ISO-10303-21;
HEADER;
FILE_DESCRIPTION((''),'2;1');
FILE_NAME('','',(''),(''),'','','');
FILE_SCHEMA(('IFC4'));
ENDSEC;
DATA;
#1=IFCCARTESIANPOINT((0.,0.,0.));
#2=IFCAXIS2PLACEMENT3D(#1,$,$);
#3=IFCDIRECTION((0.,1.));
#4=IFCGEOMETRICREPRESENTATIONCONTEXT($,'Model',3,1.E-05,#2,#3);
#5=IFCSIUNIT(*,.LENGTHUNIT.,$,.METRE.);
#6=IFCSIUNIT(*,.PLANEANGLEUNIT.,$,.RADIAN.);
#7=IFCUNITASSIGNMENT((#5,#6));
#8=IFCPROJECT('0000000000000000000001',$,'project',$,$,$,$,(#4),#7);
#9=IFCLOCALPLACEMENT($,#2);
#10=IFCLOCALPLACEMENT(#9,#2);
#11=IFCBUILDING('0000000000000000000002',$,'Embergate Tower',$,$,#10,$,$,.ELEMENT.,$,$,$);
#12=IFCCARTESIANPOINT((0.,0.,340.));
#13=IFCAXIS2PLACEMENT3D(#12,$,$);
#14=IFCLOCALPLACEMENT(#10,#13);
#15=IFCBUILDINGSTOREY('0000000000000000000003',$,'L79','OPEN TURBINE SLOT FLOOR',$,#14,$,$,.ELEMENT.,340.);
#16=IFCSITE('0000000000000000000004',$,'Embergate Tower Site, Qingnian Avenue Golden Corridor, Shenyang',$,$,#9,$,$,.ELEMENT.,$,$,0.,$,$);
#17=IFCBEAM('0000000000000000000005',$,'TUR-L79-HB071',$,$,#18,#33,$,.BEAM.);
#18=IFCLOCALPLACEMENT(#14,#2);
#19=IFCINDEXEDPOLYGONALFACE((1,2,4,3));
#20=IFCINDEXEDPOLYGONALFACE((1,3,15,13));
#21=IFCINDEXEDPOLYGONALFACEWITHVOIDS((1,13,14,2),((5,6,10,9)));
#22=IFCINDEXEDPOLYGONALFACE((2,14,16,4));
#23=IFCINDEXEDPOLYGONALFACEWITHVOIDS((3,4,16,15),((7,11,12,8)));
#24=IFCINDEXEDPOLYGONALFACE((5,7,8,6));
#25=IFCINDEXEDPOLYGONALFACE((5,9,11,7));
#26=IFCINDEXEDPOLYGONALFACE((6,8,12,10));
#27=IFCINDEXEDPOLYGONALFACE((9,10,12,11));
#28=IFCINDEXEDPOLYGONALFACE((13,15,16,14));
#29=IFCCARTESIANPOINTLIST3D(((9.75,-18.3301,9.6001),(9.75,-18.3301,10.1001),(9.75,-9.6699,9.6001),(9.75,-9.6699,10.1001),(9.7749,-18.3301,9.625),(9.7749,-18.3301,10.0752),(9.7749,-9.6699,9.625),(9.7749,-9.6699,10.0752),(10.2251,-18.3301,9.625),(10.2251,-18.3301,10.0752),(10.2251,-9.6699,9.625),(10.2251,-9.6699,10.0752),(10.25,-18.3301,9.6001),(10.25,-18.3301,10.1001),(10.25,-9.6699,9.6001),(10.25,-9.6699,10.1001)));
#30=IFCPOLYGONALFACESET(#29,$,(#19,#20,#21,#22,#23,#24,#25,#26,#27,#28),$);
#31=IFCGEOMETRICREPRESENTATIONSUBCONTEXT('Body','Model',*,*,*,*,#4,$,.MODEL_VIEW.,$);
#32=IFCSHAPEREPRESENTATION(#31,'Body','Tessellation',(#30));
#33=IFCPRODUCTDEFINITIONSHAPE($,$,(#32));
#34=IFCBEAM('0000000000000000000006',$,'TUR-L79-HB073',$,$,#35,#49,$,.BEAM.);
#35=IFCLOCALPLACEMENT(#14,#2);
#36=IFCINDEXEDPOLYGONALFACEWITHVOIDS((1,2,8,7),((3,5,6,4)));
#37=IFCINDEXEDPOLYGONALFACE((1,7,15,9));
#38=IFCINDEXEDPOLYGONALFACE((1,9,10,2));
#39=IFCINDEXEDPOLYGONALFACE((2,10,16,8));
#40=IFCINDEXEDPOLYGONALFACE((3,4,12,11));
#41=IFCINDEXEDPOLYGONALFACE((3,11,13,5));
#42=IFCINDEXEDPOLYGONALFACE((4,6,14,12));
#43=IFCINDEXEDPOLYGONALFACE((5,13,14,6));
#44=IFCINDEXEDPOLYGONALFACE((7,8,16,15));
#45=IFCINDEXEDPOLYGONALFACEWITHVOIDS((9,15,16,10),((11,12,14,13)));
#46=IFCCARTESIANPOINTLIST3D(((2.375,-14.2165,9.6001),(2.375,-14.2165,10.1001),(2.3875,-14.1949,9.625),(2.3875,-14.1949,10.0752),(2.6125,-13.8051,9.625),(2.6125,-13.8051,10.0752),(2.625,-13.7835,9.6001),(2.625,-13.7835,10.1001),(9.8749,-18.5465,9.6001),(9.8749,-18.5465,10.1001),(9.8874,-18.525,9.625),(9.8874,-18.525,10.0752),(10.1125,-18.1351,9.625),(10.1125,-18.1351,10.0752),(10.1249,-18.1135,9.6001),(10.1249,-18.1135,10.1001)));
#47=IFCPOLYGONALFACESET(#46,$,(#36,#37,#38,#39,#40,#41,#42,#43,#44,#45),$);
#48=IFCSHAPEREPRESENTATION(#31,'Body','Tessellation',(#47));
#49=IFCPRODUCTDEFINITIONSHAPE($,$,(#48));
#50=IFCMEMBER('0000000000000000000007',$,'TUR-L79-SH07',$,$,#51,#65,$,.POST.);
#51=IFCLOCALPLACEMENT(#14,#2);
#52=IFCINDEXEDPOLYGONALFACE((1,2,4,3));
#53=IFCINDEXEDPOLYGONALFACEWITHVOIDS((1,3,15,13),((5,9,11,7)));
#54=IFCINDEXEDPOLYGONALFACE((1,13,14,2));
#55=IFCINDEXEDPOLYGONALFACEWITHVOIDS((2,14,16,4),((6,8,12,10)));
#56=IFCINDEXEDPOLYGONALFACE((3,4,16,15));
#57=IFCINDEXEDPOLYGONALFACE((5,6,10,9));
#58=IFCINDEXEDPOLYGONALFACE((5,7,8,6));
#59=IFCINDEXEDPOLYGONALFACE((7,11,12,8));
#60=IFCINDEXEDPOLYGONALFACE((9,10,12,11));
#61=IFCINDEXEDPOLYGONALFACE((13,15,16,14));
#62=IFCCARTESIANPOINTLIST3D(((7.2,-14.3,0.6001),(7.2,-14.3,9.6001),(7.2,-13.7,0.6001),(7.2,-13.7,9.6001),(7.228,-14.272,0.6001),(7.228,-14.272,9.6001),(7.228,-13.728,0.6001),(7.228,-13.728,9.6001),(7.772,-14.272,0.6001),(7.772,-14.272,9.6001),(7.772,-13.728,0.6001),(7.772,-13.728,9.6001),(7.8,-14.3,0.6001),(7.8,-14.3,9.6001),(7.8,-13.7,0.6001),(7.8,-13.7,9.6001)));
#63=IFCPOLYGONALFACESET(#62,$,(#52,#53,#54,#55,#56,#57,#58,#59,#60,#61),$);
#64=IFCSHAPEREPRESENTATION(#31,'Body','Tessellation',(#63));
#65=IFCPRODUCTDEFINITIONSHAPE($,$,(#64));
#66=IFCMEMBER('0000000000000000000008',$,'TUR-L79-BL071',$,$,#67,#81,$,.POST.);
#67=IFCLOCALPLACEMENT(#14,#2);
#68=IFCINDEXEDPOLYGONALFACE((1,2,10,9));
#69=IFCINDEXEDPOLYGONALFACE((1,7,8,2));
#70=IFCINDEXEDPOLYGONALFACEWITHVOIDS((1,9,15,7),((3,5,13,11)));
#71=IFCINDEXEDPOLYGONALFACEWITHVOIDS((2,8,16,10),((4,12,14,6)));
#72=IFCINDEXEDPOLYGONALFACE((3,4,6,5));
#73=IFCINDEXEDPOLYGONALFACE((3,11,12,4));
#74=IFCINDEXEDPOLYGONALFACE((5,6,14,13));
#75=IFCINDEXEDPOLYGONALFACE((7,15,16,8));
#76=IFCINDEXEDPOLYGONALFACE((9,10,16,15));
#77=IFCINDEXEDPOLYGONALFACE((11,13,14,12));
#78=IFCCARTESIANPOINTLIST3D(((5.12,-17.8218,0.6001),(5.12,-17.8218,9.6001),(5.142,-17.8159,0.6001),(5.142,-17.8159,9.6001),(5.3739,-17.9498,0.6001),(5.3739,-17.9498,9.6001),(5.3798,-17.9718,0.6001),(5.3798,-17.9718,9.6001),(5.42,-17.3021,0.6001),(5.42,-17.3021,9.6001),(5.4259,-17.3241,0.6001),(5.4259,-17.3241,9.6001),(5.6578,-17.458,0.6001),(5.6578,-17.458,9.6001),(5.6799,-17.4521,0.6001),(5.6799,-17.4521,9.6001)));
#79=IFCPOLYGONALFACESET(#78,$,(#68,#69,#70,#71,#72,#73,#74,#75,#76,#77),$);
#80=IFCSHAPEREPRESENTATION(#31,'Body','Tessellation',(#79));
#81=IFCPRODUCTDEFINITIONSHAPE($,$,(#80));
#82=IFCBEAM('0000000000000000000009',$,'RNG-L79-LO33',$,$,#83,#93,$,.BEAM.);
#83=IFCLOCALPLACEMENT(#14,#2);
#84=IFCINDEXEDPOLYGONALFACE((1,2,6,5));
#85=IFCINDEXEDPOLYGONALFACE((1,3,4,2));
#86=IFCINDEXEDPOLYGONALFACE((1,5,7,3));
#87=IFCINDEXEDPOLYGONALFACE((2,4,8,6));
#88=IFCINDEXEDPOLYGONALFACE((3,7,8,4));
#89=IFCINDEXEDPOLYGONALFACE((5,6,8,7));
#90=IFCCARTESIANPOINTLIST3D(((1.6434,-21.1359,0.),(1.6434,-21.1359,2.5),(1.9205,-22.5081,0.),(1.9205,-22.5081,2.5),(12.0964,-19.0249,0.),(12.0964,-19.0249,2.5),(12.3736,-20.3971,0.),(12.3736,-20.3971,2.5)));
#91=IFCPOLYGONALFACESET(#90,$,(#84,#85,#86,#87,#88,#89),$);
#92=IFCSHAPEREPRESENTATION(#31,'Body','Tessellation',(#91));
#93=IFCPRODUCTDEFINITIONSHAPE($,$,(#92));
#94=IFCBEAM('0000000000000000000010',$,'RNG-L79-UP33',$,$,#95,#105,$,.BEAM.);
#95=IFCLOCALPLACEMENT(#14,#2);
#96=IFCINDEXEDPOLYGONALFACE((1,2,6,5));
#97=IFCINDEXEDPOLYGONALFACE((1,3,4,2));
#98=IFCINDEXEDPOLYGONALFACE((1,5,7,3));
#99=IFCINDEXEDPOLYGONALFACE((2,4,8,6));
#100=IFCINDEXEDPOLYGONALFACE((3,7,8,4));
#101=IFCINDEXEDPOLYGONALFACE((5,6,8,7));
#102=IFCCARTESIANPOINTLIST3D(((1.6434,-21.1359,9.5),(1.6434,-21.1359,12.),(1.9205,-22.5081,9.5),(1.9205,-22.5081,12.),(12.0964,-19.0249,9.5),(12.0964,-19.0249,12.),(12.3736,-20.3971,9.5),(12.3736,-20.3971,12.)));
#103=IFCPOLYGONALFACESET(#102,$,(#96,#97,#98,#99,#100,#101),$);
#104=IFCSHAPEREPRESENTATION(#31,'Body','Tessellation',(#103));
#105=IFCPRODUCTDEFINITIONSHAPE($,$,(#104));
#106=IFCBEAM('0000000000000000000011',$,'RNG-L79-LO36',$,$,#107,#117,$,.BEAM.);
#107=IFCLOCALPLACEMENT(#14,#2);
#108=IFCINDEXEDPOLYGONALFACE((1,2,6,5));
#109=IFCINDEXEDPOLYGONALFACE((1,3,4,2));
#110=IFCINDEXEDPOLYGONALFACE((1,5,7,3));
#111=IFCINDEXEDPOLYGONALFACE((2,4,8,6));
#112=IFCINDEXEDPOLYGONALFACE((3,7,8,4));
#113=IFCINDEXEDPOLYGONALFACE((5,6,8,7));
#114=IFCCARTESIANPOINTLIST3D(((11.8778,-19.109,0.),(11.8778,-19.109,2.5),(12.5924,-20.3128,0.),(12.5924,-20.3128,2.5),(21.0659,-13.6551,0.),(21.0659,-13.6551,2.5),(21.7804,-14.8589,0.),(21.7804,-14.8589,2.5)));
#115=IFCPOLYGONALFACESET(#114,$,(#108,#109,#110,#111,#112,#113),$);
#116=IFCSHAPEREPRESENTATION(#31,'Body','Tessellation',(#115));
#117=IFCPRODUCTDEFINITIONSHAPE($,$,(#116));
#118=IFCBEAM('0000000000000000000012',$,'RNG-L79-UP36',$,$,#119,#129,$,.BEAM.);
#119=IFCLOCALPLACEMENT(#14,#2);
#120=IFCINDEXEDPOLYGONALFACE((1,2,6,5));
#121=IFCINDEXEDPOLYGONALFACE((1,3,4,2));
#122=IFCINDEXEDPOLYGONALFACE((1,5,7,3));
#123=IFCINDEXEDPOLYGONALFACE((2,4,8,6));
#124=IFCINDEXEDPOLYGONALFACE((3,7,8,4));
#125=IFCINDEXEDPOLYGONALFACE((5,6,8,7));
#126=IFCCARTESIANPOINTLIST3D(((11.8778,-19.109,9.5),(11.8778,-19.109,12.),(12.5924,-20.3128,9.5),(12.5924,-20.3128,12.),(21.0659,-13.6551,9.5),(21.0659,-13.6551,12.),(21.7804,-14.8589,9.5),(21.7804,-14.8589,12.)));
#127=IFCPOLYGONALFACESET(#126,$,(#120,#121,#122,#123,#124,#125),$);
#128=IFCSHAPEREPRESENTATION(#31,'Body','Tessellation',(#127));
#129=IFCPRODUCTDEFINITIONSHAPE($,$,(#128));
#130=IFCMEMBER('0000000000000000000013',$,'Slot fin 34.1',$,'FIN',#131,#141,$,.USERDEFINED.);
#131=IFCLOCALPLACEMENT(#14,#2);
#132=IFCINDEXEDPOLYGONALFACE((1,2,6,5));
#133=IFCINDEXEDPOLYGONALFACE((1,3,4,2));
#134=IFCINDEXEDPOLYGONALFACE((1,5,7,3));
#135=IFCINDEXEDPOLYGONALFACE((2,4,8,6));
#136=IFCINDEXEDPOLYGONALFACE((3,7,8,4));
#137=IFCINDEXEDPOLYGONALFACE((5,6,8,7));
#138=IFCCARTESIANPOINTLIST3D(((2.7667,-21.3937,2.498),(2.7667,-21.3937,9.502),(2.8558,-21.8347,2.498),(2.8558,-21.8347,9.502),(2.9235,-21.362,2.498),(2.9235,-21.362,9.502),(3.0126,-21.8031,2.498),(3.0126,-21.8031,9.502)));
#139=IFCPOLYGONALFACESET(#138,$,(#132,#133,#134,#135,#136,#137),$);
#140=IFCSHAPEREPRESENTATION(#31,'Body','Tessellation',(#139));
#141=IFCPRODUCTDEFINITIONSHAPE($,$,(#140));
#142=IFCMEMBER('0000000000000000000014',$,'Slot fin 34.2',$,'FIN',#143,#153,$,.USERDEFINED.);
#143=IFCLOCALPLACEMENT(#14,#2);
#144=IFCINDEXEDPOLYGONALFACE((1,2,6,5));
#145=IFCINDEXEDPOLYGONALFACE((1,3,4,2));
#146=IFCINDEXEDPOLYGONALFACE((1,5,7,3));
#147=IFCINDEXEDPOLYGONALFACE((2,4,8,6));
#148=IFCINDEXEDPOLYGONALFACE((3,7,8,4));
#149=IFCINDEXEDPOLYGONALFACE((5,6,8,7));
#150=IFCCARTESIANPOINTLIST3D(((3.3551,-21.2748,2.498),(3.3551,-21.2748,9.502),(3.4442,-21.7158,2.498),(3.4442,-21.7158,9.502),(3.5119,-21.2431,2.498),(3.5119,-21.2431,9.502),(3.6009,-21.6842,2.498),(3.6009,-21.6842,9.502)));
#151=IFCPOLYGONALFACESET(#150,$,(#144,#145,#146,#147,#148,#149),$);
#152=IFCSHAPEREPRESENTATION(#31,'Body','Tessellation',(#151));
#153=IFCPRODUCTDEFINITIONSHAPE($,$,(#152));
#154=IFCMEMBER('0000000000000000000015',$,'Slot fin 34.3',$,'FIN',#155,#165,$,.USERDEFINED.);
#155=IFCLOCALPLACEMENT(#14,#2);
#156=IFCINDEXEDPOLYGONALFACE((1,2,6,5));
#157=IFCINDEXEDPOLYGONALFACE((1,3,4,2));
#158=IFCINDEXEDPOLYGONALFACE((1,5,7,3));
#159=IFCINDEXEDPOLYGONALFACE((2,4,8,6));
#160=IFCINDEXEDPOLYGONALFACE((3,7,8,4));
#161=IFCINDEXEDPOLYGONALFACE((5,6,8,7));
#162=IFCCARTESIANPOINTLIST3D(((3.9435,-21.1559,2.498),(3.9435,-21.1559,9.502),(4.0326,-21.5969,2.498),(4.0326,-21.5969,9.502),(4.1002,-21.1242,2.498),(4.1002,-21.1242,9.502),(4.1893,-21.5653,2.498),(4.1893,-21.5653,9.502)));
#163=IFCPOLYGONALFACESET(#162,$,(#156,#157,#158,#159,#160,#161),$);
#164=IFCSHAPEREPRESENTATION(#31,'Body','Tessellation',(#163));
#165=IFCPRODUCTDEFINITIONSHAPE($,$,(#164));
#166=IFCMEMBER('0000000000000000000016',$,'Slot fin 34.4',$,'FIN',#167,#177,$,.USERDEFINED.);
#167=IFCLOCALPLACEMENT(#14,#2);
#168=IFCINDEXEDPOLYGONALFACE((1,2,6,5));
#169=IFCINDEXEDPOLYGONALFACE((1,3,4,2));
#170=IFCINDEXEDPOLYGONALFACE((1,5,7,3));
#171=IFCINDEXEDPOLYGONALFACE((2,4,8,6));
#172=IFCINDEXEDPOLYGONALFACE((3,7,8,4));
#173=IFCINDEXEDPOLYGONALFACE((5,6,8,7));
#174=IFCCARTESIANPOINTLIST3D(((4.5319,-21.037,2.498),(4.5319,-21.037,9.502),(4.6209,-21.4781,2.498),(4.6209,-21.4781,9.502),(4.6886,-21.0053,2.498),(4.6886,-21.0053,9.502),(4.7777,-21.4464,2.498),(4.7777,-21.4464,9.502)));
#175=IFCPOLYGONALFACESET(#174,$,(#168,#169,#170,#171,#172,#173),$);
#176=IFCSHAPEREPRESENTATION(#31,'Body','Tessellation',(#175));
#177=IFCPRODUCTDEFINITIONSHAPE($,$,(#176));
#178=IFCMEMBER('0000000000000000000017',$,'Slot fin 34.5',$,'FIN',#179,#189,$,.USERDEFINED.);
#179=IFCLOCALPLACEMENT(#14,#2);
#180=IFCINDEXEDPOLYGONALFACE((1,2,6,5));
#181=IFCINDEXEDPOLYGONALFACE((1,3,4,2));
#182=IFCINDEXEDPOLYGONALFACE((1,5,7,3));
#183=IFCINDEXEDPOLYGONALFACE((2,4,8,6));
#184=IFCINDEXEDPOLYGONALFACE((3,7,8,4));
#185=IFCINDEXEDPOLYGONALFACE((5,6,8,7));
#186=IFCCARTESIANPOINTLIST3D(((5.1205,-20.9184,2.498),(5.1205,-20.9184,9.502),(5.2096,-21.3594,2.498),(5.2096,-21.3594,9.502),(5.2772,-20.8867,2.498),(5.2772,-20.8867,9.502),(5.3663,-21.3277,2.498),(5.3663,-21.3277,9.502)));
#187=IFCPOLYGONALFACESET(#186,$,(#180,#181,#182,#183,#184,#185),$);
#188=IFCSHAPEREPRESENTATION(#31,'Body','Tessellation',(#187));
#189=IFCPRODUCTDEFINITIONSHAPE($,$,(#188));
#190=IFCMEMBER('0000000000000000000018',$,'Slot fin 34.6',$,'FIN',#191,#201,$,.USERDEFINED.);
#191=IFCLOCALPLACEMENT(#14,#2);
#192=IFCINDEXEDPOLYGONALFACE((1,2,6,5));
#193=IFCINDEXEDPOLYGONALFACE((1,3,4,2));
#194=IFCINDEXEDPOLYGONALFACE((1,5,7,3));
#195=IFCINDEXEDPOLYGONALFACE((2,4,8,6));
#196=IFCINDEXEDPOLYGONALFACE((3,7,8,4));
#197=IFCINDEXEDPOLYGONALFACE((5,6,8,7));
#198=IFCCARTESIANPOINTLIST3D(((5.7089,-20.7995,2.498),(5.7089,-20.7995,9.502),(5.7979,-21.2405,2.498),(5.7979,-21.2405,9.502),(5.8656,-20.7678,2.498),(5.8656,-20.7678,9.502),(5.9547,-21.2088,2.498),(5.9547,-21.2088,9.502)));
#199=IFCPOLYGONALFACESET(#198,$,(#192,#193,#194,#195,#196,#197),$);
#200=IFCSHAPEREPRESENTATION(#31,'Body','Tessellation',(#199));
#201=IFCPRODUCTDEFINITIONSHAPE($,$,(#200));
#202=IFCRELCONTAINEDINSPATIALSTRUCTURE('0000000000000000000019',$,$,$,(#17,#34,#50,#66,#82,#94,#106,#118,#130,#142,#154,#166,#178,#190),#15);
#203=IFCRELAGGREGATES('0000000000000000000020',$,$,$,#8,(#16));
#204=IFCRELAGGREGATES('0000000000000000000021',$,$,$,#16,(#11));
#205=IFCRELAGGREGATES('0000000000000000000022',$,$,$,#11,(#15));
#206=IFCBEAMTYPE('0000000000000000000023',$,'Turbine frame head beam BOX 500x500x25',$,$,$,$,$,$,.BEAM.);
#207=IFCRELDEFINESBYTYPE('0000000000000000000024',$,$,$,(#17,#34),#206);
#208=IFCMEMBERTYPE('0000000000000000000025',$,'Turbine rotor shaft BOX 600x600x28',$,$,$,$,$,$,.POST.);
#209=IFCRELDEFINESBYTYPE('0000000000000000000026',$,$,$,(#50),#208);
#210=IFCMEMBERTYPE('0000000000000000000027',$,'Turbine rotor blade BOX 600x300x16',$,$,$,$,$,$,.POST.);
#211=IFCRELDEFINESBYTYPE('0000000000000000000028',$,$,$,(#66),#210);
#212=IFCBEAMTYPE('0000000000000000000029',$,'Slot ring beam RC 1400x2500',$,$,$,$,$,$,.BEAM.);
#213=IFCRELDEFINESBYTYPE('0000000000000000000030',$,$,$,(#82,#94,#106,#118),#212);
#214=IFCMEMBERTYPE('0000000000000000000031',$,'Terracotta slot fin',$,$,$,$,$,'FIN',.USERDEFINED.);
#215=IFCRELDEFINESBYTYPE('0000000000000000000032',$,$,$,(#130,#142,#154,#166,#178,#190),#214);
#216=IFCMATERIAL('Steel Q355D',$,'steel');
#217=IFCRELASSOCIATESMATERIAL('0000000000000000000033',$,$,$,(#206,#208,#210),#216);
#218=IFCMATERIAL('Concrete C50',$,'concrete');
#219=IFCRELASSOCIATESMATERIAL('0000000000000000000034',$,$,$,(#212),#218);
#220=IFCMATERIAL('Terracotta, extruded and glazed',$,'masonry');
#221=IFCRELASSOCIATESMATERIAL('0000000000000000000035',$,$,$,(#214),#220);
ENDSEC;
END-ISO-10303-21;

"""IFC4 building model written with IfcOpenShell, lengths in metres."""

from ifc_helpers import new_model, si_unit, direction, frame, origin, origin_2d, place, context, subcontext, project, spatial, rectangle, hollow_rectangle, extrude, source, transform, mapped, material, material_profile, profile_set, type_object, element, save


model = new_model("IFC4")

# Units and contexts
model_context = context("Model", 3, precision=1e-05, world=origin(), true_north=direction((0.0, 1.0)))
body_context = subcontext(model_context, "Body", "Model", "MODEL_VIEW")
ifc_project = project(units=[si_unit("LENGTHUNIT", "METRE"), si_unit("PLANEANGLEUNIT", "RADIAN")], contexts=[model_context])

# Site, building, storey
site_placement = place(None, origin())
site = spatial("IfcSite", under=ifc_project, at=site_placement, Name="Embergate Tower Site, Qingnian Avenue Golden Corridor, Shenyang", CompositionType="ELEMENT", RefElevation=0.0)
building_placement = place(site_placement, origin())
building = spatial("IfcBuilding", under=site, at=building_placement, Name="Embergate Tower", CompositionType="ELEMENT")
storey_placement = place(building_placement, frame((0.0, 0.0, 340.0)))
storey = spatial("IfcBuildingStorey", under=building, at=storey_placement, Name="L79", Description="OPEN TURBINE SLOT FLOOR", CompositionType="ELEMENT", Elevation=340.0)

# Shared definitions
ifc_material_1 = material(Name="Concrete C50", Category="concrete")

# Shared definitions
ifc_material_2 = material(Name="Steel Q355D", Category="steel")

# Beams
ifc_material_profile_1 = material_profile(ifc_material_2, hollow_rectangle(XDim=0.5, YDim=0.5, WallThickness=0.0249, at=origin_2d()), Name="BOX 500x500x25")
ifc_profile_set_1 = profile_set([ifc_material_profile_1], Name="Steel Q355 grade D")
beam_type_1 = type_object("IfcBeamType", Name="Turbine frame head beam BOX 500x500x25", PredefinedType="BEAM", material=ifc_profile_set_1)
shared_shape_1 = source(origin(), body_context, "Body", "SweptSolid", [
    extrude(hollow_rectangle(XDim=0.5, YDim=0.5, WallThickness=0.0249, at=origin_2d()), origin(), (0.0, 0.0, 1.0), 8.6602),
])
for number, where, z_axis, x_axis, name in (
    (1, (10.0, -18.3301, 9.8501), (0.0, 1.0, 0.0), (-1.0, 0.0, 0.0), "TUR-L79-HB071"),
    (2, (2.5, -14.0, 9.8501), (0.866028, -0.499996, 0.0), (0.499996, 0.866028, 0.0), "TUR-L79-HB073"),
):
    element("IfcBeam", number, at=place(storey_placement, frame(where, z_axis=z_axis, x_axis=x_axis)), inside=storey, type_object=beam_type_1, Name=name, PredefinedType="BEAM", context=body_context, shape_type="MappedRepresentation", body=[
        mapped(shared_shape_1, transform((0.0, 0.0, 0.0))),
    ])

# Members
ifc_material_profile_2 = material_profile(ifc_material_2, hollow_rectangle(XDim=0.6001, YDim=0.6001, WallThickness=0.0281, at=origin_2d()), Name="BOX 600x600x28")
ifc_profile_set_2 = profile_set([ifc_material_profile_2], Name="Steel Q355 grade D")
member_type_1 = type_object("IfcMemberType", Name="Turbine rotor shaft BOX 600x600x28", PredefinedType="POST", material=ifc_profile_set_2)
shared_shape_2 = source(origin(), body_context, "Body", "SweptSolid", [
    extrude(hollow_rectangle(XDim=0.6001, YDim=0.6001, WallThickness=0.0281, at=origin_2d()), origin(), (0.0, 0.0, 1.0), 9.0),
])
member_1_placement = place(storey_placement, frame((7.5, -14.0, 0.6001), z_axis=(0.0, 0.0, 1.0), x_axis=(1.0, 0.0, 0.0)))
element("IfcMember", 3, at=member_1_placement, inside=storey, type_object=member_type_1, Name="TUR-L79-SH07", PredefinedType="POST", context=body_context, shape_type="MappedRepresentation", body=[
    mapped(shared_shape_2, transform((0.0, 0.0, 0.0))),
])
ifc_material_profile_3 = material_profile(ifc_material_2, hollow_rectangle(XDim=0.3, YDim=0.6001, WallThickness=0.0161, at=origin_2d()), Name="BOX 600x300x16")
ifc_profile_set_3 = profile_set([ifc_material_profile_3], Name="Steel Q355 grade D")
member_type_2 = type_object("IfcMemberType", Name="Turbine rotor blade BOX 600x300x16", PredefinedType="POST", material=ifc_profile_set_3)
shared_shape_3 = source(origin(), body_context, "Body", "SweptSolid", [
    extrude(hollow_rectangle(XDim=0.3, YDim=0.6001, WallThickness=0.0161, at=origin_2d()), origin(), (0.0, 0.0, 1.0), 9.0),
])
member_2_placement = place(storey_placement, frame((5.3999, -17.637, 0.6001), z_axis=(0.0, 0.0, 1.0), x_axis=(0.866025, -0.5, 0.0)))
element("IfcMember", 4, at=member_2_placement, inside=storey, type_object=member_type_2, Name="TUR-L79-BL071", PredefinedType="POST", context=body_context, shape_type="MappedRepresentation", body=[
    mapped(shared_shape_3, transform((0.0, 0.0, 0.0))),
])

# Beams
ifc_material_profile_4 = material_profile(ifc_material_1, rectangle(XDim=1.3999, YDim=2.5, at=origin_2d()), Name="RC 1400x2500")
ifc_profile_set_4 = profile_set([ifc_material_profile_4], Name="Concrete C50")
beam_type_2 = type_object("IfcBeamType", Name="Slot ring beam RC 1400x2500", PredefinedType="BEAM", material=ifc_profile_set_4)
shared_shape_4 = source(origin(), body_context, "Body", "SweptSolid", [
    extrude(rectangle(XDim=1.3999, YDim=2.5, at=origin_2d()), origin(), (0.0, 0.0, 1.0), 10.6641),
])
for number, where, z_axis, x_axis, name in (
    (5, (1.782, -21.822, 1.25), (0.98021, 0.19796, 0.0), (-0.19796, 0.98021, 0.0), "RNG-L79-LO33"),
    (6, (1.782, -21.822, 10.75), (0.98021, 0.19796, 0.0), (-0.19796, 0.98021, 0.0), "RNG-L79-UP33"),
):
    element("IfcBeam", number, at=place(storey_placement, frame(where, z_axis=z_axis, x_axis=x_axis)), inside=storey, type_object=beam_type_2, Name=name, PredefinedType="BEAM", context=body_context, shape_type="MappedRepresentation", body=[
        mapped(shared_shape_4, transform((0.0, 0.0, 0.0))),
    ])
shared_shape_5 = source(origin(), body_context, "Body", "SweptSolid", [
    extrude(rectangle(XDim=1.3999, YDim=2.5, at=origin_2d()), origin(), (0.0, 0.0, 1.0), 10.6848),
])
for number, where, z_axis, x_axis, name in (
    (7, (12.2351, -19.7109, 1.25), (0.859917, 0.510434, 0.0), (-0.510434, 0.859917, 0.0), "RNG-L79-LO36"),
    (8, (12.2351, -19.7109, 10.75), (0.859917, 0.510434, 0.0), (-0.510434, 0.859917, 0.0), "RNG-L79-UP36"),
):
    element("IfcBeam", number, at=place(storey_placement, frame(where, z_axis=z_axis, x_axis=x_axis)), inside=storey, type_object=beam_type_2, Name=name, PredefinedType="BEAM", context=body_context, shape_type="MappedRepresentation", body=[
        mapped(shared_shape_5, transform((0.0, 0.0, 0.0))),
    ])

# Members
ifc_material_3 = material(Name="Terracotta, extruded and glazed", Category="masonry")
ifc_material_profile_5 = material_profile(ifc_material_3, rectangle(XDim=0.45, YDim=0.1599, at=origin_2d()), Name="TC 450x160")
ifc_profile_set_5 = profile_set([ifc_material_profile_5], Name="Terracotta, extruded and glazed")
member_type_3 = type_object("IfcMemberType", Name="Terracotta slot fin", ElementType="FIN", PredefinedType="USERDEFINED", material=ifc_profile_set_5)
shared_shape_6 = source(origin(), body_context, "Body", "SweptSolid", [
    extrude(rectangle(XDim=0.45, YDim=0.1599, at=origin_2d()), origin(), (0.0, 0.0, 1.0), 7.0039),
])
for number, where, z_axis, x_axis, name in (
    (9, (2.8896, -21.5984, 2.498), (0.0, 0.0, 1.0), (-0.197955, 0.980211, 0.0), "Slot fin 34.1"),
    (10, (3.478, -21.4795, 2.498), (0.0, 0.0, 1.0), (-0.197955, 0.980211, 0.0), "Slot fin 34.2"),
    (11, (4.0664, -21.3606, 2.498), (0.0, 0.0, 1.0), (-0.197955, 0.980211, 0.0), "Slot fin 34.3"),
    (12, (4.6548, -21.2417, 2.498), (0.0, 0.0, 1.0), (-0.197955, 0.980211, 0.0), "Slot fin 34.4"),
    (13, (5.2434, -21.123, 2.498), (0.0, 0.0, 1.0), (-0.197955, 0.980211, 0.0), "Slot fin 34.5"),
    (14, (5.8318, -21.0042, 2.498), (0.0, 0.0, 1.0), (-0.197955, 0.980211, 0.0), "Slot fin 34.6"),
):
    element("IfcMember", number, at=place(storey_placement, frame(where, z_axis=z_axis, x_axis=x_axis)), inside=storey, type_object=member_type_3, Name=name, ObjectType="FIN", PredefinedType="USERDEFINED", context=body_context, shape_type="MappedRepresentation", body=[
        mapped(shared_shape_6, transform((0.0, 0.0, 0.0))),
    ])

save(model, "model.ifc")
